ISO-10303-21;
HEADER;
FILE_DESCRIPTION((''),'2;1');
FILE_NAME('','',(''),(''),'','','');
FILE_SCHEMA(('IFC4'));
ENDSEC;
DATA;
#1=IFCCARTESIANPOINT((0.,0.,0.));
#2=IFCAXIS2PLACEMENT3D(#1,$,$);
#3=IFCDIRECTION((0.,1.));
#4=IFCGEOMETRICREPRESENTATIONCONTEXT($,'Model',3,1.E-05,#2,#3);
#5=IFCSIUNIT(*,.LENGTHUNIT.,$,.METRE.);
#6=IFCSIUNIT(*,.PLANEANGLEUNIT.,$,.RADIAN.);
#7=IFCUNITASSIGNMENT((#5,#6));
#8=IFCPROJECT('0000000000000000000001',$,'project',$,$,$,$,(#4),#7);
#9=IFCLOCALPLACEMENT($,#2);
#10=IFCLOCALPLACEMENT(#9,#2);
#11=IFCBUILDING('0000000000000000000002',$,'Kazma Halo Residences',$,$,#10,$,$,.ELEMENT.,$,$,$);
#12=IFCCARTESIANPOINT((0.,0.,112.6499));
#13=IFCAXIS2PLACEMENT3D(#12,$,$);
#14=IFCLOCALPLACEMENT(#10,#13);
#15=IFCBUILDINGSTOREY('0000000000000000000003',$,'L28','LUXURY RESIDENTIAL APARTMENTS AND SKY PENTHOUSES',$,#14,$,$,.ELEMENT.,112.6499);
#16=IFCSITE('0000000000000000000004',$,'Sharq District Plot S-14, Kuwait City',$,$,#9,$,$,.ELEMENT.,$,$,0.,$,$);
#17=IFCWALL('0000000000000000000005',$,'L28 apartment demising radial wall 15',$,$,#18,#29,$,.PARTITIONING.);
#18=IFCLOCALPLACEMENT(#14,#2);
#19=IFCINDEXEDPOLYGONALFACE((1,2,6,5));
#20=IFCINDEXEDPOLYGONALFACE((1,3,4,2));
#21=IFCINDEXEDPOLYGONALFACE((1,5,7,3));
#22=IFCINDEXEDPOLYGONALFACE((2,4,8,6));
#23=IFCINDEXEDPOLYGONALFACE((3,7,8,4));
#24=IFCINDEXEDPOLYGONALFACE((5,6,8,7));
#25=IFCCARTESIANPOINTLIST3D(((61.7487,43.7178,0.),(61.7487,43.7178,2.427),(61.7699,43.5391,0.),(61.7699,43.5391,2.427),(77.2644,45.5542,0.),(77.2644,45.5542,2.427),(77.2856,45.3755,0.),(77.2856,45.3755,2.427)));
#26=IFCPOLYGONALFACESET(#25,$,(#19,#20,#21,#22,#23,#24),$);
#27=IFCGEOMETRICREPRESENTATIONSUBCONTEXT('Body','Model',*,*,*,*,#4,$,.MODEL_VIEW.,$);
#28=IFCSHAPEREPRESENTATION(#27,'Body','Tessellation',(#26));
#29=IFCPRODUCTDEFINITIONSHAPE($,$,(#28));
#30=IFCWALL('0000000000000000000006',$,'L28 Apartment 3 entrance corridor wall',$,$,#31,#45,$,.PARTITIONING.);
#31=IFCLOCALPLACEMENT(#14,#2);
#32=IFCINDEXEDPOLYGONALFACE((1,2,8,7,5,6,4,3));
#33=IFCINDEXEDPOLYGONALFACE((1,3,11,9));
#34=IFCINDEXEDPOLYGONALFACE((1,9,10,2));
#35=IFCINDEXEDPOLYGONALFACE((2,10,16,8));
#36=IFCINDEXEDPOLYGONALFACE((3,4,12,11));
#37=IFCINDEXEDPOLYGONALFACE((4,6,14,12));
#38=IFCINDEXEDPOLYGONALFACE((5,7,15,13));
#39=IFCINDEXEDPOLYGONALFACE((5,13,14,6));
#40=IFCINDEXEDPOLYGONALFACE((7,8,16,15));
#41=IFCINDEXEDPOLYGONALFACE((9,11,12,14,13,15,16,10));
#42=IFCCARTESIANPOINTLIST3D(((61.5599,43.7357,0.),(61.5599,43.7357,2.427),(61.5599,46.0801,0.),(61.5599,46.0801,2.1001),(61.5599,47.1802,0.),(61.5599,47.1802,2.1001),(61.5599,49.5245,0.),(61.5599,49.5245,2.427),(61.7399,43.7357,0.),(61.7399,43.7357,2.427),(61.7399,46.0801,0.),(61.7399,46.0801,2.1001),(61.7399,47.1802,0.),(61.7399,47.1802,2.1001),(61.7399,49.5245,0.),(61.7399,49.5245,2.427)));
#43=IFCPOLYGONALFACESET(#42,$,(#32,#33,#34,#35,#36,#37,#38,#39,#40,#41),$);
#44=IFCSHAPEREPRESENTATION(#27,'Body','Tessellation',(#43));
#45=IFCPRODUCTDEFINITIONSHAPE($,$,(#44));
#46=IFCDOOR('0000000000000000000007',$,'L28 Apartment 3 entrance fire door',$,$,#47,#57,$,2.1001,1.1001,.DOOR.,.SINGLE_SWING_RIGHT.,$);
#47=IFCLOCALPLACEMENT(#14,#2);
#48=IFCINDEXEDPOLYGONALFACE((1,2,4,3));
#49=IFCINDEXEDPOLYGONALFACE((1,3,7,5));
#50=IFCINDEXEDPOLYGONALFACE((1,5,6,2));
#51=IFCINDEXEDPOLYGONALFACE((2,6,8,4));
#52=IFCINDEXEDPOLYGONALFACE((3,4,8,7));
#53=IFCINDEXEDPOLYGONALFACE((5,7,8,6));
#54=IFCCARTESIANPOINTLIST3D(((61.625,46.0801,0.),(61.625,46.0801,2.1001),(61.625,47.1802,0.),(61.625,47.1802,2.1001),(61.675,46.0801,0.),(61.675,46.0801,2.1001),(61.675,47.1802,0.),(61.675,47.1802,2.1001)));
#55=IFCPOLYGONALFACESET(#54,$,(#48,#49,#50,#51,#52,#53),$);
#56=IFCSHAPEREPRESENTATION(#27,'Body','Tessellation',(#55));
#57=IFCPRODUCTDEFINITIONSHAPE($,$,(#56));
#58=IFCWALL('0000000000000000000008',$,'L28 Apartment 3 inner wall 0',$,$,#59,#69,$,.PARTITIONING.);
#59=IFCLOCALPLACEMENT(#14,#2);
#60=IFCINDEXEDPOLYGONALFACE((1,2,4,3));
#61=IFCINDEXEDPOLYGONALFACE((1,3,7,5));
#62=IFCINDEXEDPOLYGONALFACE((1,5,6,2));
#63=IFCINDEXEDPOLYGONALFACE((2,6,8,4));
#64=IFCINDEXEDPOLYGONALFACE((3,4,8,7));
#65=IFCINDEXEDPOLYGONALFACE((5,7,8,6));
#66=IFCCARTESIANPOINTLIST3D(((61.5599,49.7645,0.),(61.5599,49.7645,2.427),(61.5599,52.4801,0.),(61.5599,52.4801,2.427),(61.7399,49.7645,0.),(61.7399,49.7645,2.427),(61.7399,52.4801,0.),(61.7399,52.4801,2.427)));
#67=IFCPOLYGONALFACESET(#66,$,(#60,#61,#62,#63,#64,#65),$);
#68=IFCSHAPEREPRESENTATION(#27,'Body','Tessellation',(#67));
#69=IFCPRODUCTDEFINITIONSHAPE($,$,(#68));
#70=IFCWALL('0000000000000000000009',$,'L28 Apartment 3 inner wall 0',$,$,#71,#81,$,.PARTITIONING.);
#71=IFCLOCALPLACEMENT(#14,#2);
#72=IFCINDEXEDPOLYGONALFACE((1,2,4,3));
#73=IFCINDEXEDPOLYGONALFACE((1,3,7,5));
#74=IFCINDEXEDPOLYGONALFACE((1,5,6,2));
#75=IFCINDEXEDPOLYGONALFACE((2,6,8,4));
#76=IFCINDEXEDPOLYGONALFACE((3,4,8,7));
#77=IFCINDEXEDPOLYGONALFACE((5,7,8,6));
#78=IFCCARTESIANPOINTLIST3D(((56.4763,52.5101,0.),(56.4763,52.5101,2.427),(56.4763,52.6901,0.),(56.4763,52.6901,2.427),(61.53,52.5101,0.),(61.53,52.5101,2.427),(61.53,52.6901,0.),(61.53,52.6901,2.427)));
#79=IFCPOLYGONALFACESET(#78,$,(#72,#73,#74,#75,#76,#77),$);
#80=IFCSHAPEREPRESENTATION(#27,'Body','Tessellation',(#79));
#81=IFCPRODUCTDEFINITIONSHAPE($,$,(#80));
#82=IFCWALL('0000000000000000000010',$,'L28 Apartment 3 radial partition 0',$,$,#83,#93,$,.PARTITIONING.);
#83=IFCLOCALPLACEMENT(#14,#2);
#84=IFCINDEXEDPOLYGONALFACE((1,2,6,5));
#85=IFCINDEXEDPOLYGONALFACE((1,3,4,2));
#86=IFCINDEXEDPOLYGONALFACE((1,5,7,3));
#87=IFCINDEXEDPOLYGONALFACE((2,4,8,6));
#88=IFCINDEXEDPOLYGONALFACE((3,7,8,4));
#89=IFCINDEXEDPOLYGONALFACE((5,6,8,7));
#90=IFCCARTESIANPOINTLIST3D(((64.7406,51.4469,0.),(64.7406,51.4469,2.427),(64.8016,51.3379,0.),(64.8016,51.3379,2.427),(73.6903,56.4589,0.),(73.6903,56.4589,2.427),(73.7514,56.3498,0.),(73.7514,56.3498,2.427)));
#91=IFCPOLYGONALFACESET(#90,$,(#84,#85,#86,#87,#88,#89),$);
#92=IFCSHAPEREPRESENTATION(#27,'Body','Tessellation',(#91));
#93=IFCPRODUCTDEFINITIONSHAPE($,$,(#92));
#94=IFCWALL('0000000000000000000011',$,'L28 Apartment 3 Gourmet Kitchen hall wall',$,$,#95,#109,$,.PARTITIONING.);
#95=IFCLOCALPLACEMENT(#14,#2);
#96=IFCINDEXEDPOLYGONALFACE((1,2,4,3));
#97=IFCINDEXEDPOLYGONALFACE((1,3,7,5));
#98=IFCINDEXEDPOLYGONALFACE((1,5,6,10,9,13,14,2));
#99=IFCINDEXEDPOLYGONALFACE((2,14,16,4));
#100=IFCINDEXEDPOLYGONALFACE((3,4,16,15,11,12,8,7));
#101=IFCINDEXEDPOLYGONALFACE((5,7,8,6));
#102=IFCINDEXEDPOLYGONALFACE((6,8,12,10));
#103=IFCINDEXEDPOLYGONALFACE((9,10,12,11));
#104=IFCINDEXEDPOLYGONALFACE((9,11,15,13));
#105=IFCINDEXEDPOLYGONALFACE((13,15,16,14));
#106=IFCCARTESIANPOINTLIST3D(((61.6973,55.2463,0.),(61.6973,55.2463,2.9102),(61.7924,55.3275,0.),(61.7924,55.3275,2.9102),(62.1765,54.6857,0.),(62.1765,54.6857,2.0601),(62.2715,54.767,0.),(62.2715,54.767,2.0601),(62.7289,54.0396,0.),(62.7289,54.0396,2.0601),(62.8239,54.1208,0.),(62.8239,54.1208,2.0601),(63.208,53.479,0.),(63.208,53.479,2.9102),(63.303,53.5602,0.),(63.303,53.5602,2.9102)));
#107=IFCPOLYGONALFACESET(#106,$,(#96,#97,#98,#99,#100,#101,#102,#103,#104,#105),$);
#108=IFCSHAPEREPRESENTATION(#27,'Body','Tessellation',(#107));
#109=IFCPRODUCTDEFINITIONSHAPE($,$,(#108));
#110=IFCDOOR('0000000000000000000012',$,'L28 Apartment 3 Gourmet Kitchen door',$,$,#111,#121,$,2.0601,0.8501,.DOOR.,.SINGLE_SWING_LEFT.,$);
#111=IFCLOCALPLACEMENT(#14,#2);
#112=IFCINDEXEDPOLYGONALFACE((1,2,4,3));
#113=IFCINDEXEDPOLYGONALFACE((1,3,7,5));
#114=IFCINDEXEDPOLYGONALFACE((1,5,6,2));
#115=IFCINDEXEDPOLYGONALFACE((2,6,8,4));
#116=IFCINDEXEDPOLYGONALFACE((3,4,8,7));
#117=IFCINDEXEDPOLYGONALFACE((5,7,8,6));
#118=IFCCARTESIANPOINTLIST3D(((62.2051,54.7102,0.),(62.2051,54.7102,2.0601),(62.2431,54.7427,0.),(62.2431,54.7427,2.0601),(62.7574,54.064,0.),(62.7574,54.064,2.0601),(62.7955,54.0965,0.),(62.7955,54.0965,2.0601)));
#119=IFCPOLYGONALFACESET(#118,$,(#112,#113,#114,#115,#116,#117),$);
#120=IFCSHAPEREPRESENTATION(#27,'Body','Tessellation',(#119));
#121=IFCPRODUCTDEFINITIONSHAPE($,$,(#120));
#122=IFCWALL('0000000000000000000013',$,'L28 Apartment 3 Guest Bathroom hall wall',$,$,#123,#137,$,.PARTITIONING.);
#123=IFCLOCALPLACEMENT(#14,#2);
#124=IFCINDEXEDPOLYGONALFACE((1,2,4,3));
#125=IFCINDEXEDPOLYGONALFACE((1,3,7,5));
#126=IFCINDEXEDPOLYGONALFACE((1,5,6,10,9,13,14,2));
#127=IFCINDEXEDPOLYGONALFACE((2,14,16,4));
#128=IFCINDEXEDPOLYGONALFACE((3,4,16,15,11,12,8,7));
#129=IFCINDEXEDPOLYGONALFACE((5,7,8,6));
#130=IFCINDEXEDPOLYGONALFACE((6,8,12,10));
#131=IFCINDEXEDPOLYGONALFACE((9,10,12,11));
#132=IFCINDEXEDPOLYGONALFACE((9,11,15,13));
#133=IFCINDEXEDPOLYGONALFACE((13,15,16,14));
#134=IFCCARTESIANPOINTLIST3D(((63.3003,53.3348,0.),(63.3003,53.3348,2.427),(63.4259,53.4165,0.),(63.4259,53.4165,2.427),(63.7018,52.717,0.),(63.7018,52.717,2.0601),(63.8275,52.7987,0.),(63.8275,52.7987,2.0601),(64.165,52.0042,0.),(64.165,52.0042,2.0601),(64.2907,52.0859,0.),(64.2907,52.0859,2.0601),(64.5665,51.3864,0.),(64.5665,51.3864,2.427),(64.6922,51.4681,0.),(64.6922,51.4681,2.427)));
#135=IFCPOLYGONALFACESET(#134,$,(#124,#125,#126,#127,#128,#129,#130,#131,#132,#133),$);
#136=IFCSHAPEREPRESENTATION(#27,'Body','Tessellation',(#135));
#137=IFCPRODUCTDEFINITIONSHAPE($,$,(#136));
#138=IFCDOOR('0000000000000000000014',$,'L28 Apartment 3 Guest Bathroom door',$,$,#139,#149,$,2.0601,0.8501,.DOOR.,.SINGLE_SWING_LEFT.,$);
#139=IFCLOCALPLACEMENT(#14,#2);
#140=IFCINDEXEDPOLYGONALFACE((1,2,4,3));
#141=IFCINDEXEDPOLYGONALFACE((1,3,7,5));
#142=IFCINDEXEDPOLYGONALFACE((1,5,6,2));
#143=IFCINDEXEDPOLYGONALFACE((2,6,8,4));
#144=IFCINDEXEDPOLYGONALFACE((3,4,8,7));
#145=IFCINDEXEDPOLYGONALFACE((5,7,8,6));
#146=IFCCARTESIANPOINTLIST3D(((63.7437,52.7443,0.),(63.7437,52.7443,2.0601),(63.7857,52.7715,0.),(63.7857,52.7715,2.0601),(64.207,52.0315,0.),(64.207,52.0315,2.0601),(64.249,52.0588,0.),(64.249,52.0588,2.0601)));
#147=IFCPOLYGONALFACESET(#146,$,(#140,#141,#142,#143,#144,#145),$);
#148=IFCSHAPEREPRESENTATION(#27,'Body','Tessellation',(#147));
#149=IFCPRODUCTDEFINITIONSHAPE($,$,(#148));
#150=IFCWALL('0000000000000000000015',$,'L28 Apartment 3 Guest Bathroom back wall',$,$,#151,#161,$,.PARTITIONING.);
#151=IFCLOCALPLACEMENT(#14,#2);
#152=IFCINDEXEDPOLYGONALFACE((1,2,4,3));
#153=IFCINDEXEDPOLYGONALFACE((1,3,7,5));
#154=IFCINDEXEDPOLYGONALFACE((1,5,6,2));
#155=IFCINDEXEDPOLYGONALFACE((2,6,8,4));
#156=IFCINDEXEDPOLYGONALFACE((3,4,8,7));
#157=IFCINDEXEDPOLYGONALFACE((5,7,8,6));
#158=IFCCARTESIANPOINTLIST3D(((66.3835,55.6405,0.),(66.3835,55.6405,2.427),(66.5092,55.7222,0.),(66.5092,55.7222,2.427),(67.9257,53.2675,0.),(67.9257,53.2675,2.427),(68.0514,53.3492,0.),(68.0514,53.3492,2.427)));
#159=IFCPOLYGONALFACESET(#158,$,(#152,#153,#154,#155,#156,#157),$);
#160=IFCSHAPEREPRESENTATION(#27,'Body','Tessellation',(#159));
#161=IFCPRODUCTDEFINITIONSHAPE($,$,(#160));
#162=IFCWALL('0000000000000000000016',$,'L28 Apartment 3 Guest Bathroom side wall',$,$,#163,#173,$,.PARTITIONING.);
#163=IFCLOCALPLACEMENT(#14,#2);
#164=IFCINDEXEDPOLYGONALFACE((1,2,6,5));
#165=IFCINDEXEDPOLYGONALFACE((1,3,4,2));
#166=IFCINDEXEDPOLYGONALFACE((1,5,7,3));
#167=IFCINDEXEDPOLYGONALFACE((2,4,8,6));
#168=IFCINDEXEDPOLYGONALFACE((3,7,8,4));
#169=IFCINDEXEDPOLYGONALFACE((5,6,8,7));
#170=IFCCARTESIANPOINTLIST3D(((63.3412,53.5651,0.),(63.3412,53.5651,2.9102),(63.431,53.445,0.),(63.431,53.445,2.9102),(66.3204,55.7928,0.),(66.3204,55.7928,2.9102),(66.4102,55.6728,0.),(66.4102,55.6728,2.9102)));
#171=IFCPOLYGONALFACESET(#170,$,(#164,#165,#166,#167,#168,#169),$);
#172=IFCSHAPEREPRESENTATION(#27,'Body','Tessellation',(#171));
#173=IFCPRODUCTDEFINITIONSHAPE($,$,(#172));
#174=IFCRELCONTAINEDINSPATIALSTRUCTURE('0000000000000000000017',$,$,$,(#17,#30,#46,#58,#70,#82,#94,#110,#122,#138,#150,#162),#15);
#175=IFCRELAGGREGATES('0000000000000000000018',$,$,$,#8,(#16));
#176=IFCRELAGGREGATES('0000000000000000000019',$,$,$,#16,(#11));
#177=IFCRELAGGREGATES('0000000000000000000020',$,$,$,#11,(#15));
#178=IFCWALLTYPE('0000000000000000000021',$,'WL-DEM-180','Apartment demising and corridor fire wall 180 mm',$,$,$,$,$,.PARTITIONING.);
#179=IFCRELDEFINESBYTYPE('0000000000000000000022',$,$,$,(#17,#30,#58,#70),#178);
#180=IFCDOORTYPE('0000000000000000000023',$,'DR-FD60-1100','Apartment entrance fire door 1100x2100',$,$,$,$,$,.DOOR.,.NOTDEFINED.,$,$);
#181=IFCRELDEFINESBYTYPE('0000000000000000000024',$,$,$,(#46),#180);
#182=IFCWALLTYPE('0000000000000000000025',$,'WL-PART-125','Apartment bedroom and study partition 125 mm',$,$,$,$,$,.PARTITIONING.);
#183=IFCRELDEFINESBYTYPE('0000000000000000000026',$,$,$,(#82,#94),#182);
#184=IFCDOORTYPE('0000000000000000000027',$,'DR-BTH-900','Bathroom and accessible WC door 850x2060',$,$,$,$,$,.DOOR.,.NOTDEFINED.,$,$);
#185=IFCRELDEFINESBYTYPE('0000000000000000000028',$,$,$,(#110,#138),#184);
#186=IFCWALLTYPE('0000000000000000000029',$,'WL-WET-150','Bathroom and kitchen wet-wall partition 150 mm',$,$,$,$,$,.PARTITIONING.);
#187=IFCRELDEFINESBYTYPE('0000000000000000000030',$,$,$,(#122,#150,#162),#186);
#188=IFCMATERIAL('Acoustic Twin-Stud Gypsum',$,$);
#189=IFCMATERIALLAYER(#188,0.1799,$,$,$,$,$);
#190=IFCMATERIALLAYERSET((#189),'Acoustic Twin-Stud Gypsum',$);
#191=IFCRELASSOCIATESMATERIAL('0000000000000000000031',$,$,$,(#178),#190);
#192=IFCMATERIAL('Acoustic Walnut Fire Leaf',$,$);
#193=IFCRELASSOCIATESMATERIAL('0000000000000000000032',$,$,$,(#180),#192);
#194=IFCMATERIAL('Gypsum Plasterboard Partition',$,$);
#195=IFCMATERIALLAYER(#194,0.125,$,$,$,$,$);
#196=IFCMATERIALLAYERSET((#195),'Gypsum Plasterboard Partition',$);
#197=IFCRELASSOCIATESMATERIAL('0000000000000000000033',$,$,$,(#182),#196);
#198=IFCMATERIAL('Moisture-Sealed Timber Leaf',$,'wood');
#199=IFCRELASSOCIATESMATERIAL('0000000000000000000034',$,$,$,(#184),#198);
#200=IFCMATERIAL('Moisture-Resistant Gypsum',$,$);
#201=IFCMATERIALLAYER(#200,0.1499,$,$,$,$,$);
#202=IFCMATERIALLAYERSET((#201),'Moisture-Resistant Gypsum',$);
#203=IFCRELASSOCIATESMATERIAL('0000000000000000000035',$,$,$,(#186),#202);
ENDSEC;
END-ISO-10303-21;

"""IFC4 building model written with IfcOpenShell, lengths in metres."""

from ifc_helpers import new_model, si_unit, direction, frame, frame_2d, origin, place, context, subcontext, project, spatial, rectangle, extrude, material, layer, layer_set, type_object, element, fill, save


model = new_model("IFC4")

# Units and contexts
model_context = context("Model", 3, precision=1e-05, world=origin(), true_north=direction((0.0, 1.0)))
body_context = subcontext(model_context, "Body", "Model", "MODEL_VIEW")
ifc_project = project(units=[si_unit("LENGTHUNIT", "METRE"), si_unit("PLANEANGLEUNIT", "RADIAN")], contexts=[model_context])

# Site, building, storey
site_placement = place(None, origin())
site = spatial("IfcSite", under=ifc_project, at=site_placement, Name="Sharq District Plot S-14, Kuwait City", CompositionType="ELEMENT", RefElevation=0.0)
building_placement = place(site_placement, origin())
building = spatial("IfcBuilding", under=site, at=building_placement, Name="Kazma Halo Residences", CompositionType="ELEMENT")
storey_placement = place(building_placement, frame((0.0, 0.0, 112.6499)))
storey = spatial("IfcBuildingStorey", under=building, at=storey_placement, Name="L28", Description="LUXURY RESIDENTIAL APARTMENTS AND SKY PENTHOUSES", CompositionType="ELEMENT", Elevation=112.6499)

# Wall
ifc_material_1 = material(Name="Acoustic Twin-Stud Gypsum")
ifc_layer_1 = layer(ifc_material_1, 0.1799)
ifc_layer_set_1 = layer_set([ifc_layer_1], Name="Acoustic Twin-Stud Gypsum")
wall_type_1 = type_object("IfcWallType", Name="WL-DEM-180", Description="Apartment demising and corridor fire wall 180 mm", PredefinedType="PARTITIONING", material=ifc_layer_set_1)
wall_1_placement = place(storey_placement, frame((61.7593, 43.6284, 0.0), z_axis=(0.0, 0.0, 1.0), x_axis=(0.993068, 0.117539, 0.0)))
element("IfcWall", 1, at=wall_1_placement, inside=storey, type_object=wall_type_1, Name="L28 apartment demising radial wall 15", PredefinedType="PARTITIONING", context=body_context, shape_type="SweptSolid", body=[
    extrude(rectangle(XDim=15.624, YDim=0.1799, at=frame_2d((7.812, 0.0))), origin(), (0.0, 0.0, 1.0), 2.427),
])

# Wall, opening, door
wall_2_placement = place(storey_placement, frame((61.6499, 43.7356, 0.0), z_axis=(0.0, 0.0, 1.0), x_axis=(0.0, 1.0, 0.0)))
wall_2 = element("IfcWall", 2, at=wall_2_placement, inside=storey, type_object=wall_type_1, Name="L28 Apartment 3 entrance corridor wall", PredefinedType="PARTITIONING", context=body_context, shape_type="SweptSolid", body=[
    extrude(rectangle(XDim=5.7888, YDim=0.1799, at=frame_2d((2.8945, 0.0))), origin(), (0.0, 0.0, 1.0), 2.427),
])
opening_1_placement = place(wall_2_placement, frame((2.3445, 0.0, 0.0)))
opening_1 = element("IfcOpeningElement", 3, at=opening_1_placement, cuts=wall_2, PredefinedType="OPENING", context=body_context, shape_type="SweptSolid", body=[
    extrude(rectangle(XDim=1.1001, YDim=2.1001, at=frame_2d((0.55, 1.05))), frame((0.0, 0.0999, 0.0), z_axis=(0.0, -1.0, 0.0), x_axis=(1.0, 0.0, 0.0)), (0.0, 0.0, 1.0), 0.2),
])
ifc_material_2 = material(Name="Acoustic Walnut Fire Leaf")
door_type_1 = type_object("IfcDoorType", Name="DR-FD60-1100", Description="Apartment entrance fire door 1100x2100", OperationType="NOTDEFINED", PredefinedType="DOOR", material=ifc_material_2)
door_1_placement = place(opening_1_placement, origin())
door_1 = element("IfcDoor", 4, at=door_1_placement, inside=storey, type_object=door_type_1, Name="L28 Apartment 3 entrance fire door", OperationType="SINGLE_SWING_RIGHT", OverallHeight=2.1001, OverallWidth=1.1001, PredefinedType="DOOR", context=body_context, shape_type="SweptSolid", body=[
    extrude(rectangle(XDim=1.1001, YDim=2.1001, at=frame_2d((0.55, 1.05))), frame((0.0, 0.0249, 0.0), z_axis=(0.0, -1.0, 0.0), x_axis=(1.0, 0.0, 0.0)), (0.0, 0.0, 1.0), 0.05),
])
fill(opening_1, door_1)

# Walls
wall_3_placement = place(storey_placement, frame((61.6499, 49.7644, 0.0), z_axis=(0.0, 0.0, 1.0), x_axis=(0.0, 1.0, 0.0)))
element("IfcWall", 5, at=wall_3_placement, inside=storey, type_object=wall_type_1, Name="L28 Apartment 3 inner wall 0", PredefinedType="PARTITIONING", context=body_context, shape_type="SweptSolid", body=[
    extrude(rectangle(XDim=2.7156, YDim=0.1799, at=frame_2d((1.3579, 0.0))), origin(), (0.0, 0.0, 1.0), 2.427),
])
wall_4_placement = place(storey_placement, frame((61.53, 52.6001, 0.0), z_axis=(0.0, 0.0, 1.0), x_axis=(-1.0, 0.0, 0.0)))
element("IfcWall", 6, at=wall_4_placement, inside=storey, type_object=wall_type_1, Name="L28 Apartment 3 inner wall 0", PredefinedType="PARTITIONING", context=body_context, shape_type="SweptSolid", body=[
    extrude(rectangle(XDim=5.0537, YDim=0.1799, at=frame_2d((2.5269, 0.0))), origin(), (0.0, 0.0, 1.0), 2.427),
])
ifc_material_3 = material(Name="Gypsum Plasterboard Partition")
ifc_layer_2 = layer(ifc_material_3, 0.125)
ifc_layer_set_2 = layer_set([ifc_layer_2], Name="Gypsum Plasterboard Partition")
wall_type_2 = type_object("IfcWallType", Name="WL-PART-125", Description="Apartment bedroom and study partition 125 mm", PredefinedType="PARTITIONING", material=ifc_layer_set_2)
wall_5_placement = place(storey_placement, frame((64.771, 51.3923, 0.0), z_axis=(0.0, 0.0, 1.0), x_axis=(0.872501, 0.488613, 0.0)))
element("IfcWall", 7, at=wall_5_placement, inside=storey, type_object=wall_type_2, Name="L28 Apartment 3 radial partition 0", PredefinedType="PARTITIONING", context=body_context, shape_type="SweptSolid", body=[
    extrude(rectangle(XDim=10.2576, YDim=0.125, at=frame_2d((5.1289, 0.0))), origin(), (0.0, 0.0, 1.0), 2.427),
])

# Walls, openings, doors
wall_6_placement = place(storey_placement, frame((63.2556, 53.5195, 0.0), z_axis=(0.0, 0.0, 1.0), x_axis=(-0.64977, 0.760131, 0.0)))
wall_6 = element("IfcWall", 8, at=wall_6_placement, inside=storey, type_object=wall_type_2, Name="L28 Apartment 3 Gourmet Kitchen hall wall", PredefinedType="PARTITIONING", context=body_context, shape_type="SweptSolid", body=[
    extrude(rectangle(XDim=2.325, YDim=0.125, at=frame_2d((1.1626, 0.0))), origin(), (0.0, 0.0, 1.0), 2.9102),
])
opening_2_placement = place(wall_6_placement, frame((0.7375, 0.0, 0.0)))
opening_2 = element("IfcOpeningElement", 9, at=opening_2_placement, cuts=wall_6, PredefinedType="OPENING", context=body_context, shape_type="SweptSolid", body=[
    extrude(rectangle(XDim=0.8501, YDim=2.0601, at=frame_2d((0.425, 1.03))), frame((0.0, 0.0725, 0.0), z_axis=(0.0, -1.0, 0.0), x_axis=(1.0, 0.0, 0.0)), (0.0, 0.0, 1.0), 0.145),
])
ifc_material_4 = material(Name="Moisture-Sealed Timber Leaf", Category="wood")
door_type_2 = type_object("IfcDoorType", Name="DR-BTH-900", Description="Bathroom and accessible WC door 850x2060", OperationType="NOTDEFINED", PredefinedType="DOOR", material=ifc_material_4)
door_2_placement = place(opening_2_placement, origin())
door_2 = element("IfcDoor", 10, at=door_2_placement, inside=storey, type_object=door_type_2, Name="L28 Apartment 3 Gourmet Kitchen door", OperationType="SINGLE_SWING_LEFT", OverallHeight=2.0601, OverallWidth=0.8501, PredefinedType="DOOR", context=body_context, shape_type="SweptSolid", body=[
    extrude(rectangle(XDim=0.8501, YDim=2.0601, at=frame_2d((0.425, 1.03))), frame((0.0, 0.0249, 0.0), z_axis=(0.0, -1.0, 0.0), x_axis=(1.0, 0.0, 0.0)), (0.0, 0.0, 1.0), 0.05),
])
fill(opening_2, door_2)
ifc_material_5 = material(Name="Moisture-Resistant Gypsum")
ifc_layer_3 = layer(ifc_material_5, 0.1499)
ifc_layer_set_3 = layer_set([ifc_layer_3], Name="Moisture-Resistant Gypsum")
wall_type_3 = type_object("IfcWallType", Name="WL-WET-150", Description="Bathroom and kitchen wet-wall partition 150 mm", PredefinedType="PARTITIONING", material=ifc_layer_set_3)
wall_7_placement = place(storey_placement, frame((64.6294, 51.4272, 0.0), z_axis=(0.0, 0.0, 1.0), x_axis=(-0.54494, 0.838475, 0.0)))
wall_7 = element("IfcWall", 11, at=wall_7_placement, inside=storey, type_object=wall_type_3, Name="L28 Apartment 3 Guest Bathroom hall wall", PredefinedType="PARTITIONING", context=body_context, shape_type="SweptSolid", body=[
    extrude(rectangle(XDim=2.3237, YDim=0.1499, at=frame_2d((1.1619, 0.0))), origin(), (0.0, 0.0, 1.0), 2.427),
])
opening_3_placement = place(wall_7_placement, frame((0.7368, 0.0, 0.0)))
opening_3 = element("IfcOpeningElement", 12, at=opening_3_placement, cuts=wall_7, PredefinedType="OPENING", context=body_context, shape_type="SweptSolid", body=[
    extrude(rectangle(XDim=0.8501, YDim=2.0601, at=frame_2d((0.425, 1.03))), frame((0.0, 0.085, 0.0), z_axis=(0.0, -1.0, 0.0), x_axis=(1.0, 0.0, 0.0)), (0.0, 0.0, 1.0), 0.1699),
])
door_3_placement = place(opening_3_placement, origin())
door_3 = element("IfcDoor", 13, at=door_3_placement, inside=storey, type_object=door_type_2, Name="L28 Apartment 3 Guest Bathroom door", OperationType="SINGLE_SWING_LEFT", OverallHeight=2.0601, OverallWidth=0.8501, PredefinedType="DOOR", context=body_context, shape_type="SweptSolid", body=[
    extrude(rectangle(XDim=0.8501, YDim=2.0601, at=frame_2d((0.425, 1.03))), frame((0.0, 0.0249, 0.0), z_axis=(0.0, -1.0, 0.0), x_axis=(1.0, 0.0, 0.0)), (0.0, 0.0, 1.0), 0.05),
])
fill(opening_3, door_3)

# Walls
wall_8_placement = place(storey_placement, frame((67.9885, 53.3083, 0.0), z_axis=(0.0, 0.0, 1.0), x_axis=(-0.544928, 0.838483, 0.0)))
element("IfcWall", 14, at=wall_8_placement, inside=storey, type_object=wall_type_3, Name="L28 Apartment 3 Guest Bathroom back wall", PredefinedType="PARTITIONING", context=body_context, shape_type="SweptSolid", body=[
    extrude(rectangle(XDim=2.8301, YDim=0.1499, at=frame_2d((1.415, 0.0))), origin(), (0.0, 0.0, 1.0), 2.427),
])
wall_9_placement = place(storey_placement, frame((63.3862, 53.5051, 0.0), z_axis=(0.0, 0.0, 1.0), x_axis=(0.800858, 0.598855, 0.0)))
element("IfcWall", 15, at=wall_9_placement, inside=storey, type_object=wall_type_3, Name="L28 Apartment 3 Guest Bathroom side wall", PredefinedType="PARTITIONING", context=body_context, shape_type="SweptSolid", body=[
    extrude(rectangle(XDim=3.72, YDim=0.1499, at=frame_2d((1.8599, 0.0))), origin(), (0.0, 0.0, 1.0), 2.9102),
])

save(model, "model.ifc")
